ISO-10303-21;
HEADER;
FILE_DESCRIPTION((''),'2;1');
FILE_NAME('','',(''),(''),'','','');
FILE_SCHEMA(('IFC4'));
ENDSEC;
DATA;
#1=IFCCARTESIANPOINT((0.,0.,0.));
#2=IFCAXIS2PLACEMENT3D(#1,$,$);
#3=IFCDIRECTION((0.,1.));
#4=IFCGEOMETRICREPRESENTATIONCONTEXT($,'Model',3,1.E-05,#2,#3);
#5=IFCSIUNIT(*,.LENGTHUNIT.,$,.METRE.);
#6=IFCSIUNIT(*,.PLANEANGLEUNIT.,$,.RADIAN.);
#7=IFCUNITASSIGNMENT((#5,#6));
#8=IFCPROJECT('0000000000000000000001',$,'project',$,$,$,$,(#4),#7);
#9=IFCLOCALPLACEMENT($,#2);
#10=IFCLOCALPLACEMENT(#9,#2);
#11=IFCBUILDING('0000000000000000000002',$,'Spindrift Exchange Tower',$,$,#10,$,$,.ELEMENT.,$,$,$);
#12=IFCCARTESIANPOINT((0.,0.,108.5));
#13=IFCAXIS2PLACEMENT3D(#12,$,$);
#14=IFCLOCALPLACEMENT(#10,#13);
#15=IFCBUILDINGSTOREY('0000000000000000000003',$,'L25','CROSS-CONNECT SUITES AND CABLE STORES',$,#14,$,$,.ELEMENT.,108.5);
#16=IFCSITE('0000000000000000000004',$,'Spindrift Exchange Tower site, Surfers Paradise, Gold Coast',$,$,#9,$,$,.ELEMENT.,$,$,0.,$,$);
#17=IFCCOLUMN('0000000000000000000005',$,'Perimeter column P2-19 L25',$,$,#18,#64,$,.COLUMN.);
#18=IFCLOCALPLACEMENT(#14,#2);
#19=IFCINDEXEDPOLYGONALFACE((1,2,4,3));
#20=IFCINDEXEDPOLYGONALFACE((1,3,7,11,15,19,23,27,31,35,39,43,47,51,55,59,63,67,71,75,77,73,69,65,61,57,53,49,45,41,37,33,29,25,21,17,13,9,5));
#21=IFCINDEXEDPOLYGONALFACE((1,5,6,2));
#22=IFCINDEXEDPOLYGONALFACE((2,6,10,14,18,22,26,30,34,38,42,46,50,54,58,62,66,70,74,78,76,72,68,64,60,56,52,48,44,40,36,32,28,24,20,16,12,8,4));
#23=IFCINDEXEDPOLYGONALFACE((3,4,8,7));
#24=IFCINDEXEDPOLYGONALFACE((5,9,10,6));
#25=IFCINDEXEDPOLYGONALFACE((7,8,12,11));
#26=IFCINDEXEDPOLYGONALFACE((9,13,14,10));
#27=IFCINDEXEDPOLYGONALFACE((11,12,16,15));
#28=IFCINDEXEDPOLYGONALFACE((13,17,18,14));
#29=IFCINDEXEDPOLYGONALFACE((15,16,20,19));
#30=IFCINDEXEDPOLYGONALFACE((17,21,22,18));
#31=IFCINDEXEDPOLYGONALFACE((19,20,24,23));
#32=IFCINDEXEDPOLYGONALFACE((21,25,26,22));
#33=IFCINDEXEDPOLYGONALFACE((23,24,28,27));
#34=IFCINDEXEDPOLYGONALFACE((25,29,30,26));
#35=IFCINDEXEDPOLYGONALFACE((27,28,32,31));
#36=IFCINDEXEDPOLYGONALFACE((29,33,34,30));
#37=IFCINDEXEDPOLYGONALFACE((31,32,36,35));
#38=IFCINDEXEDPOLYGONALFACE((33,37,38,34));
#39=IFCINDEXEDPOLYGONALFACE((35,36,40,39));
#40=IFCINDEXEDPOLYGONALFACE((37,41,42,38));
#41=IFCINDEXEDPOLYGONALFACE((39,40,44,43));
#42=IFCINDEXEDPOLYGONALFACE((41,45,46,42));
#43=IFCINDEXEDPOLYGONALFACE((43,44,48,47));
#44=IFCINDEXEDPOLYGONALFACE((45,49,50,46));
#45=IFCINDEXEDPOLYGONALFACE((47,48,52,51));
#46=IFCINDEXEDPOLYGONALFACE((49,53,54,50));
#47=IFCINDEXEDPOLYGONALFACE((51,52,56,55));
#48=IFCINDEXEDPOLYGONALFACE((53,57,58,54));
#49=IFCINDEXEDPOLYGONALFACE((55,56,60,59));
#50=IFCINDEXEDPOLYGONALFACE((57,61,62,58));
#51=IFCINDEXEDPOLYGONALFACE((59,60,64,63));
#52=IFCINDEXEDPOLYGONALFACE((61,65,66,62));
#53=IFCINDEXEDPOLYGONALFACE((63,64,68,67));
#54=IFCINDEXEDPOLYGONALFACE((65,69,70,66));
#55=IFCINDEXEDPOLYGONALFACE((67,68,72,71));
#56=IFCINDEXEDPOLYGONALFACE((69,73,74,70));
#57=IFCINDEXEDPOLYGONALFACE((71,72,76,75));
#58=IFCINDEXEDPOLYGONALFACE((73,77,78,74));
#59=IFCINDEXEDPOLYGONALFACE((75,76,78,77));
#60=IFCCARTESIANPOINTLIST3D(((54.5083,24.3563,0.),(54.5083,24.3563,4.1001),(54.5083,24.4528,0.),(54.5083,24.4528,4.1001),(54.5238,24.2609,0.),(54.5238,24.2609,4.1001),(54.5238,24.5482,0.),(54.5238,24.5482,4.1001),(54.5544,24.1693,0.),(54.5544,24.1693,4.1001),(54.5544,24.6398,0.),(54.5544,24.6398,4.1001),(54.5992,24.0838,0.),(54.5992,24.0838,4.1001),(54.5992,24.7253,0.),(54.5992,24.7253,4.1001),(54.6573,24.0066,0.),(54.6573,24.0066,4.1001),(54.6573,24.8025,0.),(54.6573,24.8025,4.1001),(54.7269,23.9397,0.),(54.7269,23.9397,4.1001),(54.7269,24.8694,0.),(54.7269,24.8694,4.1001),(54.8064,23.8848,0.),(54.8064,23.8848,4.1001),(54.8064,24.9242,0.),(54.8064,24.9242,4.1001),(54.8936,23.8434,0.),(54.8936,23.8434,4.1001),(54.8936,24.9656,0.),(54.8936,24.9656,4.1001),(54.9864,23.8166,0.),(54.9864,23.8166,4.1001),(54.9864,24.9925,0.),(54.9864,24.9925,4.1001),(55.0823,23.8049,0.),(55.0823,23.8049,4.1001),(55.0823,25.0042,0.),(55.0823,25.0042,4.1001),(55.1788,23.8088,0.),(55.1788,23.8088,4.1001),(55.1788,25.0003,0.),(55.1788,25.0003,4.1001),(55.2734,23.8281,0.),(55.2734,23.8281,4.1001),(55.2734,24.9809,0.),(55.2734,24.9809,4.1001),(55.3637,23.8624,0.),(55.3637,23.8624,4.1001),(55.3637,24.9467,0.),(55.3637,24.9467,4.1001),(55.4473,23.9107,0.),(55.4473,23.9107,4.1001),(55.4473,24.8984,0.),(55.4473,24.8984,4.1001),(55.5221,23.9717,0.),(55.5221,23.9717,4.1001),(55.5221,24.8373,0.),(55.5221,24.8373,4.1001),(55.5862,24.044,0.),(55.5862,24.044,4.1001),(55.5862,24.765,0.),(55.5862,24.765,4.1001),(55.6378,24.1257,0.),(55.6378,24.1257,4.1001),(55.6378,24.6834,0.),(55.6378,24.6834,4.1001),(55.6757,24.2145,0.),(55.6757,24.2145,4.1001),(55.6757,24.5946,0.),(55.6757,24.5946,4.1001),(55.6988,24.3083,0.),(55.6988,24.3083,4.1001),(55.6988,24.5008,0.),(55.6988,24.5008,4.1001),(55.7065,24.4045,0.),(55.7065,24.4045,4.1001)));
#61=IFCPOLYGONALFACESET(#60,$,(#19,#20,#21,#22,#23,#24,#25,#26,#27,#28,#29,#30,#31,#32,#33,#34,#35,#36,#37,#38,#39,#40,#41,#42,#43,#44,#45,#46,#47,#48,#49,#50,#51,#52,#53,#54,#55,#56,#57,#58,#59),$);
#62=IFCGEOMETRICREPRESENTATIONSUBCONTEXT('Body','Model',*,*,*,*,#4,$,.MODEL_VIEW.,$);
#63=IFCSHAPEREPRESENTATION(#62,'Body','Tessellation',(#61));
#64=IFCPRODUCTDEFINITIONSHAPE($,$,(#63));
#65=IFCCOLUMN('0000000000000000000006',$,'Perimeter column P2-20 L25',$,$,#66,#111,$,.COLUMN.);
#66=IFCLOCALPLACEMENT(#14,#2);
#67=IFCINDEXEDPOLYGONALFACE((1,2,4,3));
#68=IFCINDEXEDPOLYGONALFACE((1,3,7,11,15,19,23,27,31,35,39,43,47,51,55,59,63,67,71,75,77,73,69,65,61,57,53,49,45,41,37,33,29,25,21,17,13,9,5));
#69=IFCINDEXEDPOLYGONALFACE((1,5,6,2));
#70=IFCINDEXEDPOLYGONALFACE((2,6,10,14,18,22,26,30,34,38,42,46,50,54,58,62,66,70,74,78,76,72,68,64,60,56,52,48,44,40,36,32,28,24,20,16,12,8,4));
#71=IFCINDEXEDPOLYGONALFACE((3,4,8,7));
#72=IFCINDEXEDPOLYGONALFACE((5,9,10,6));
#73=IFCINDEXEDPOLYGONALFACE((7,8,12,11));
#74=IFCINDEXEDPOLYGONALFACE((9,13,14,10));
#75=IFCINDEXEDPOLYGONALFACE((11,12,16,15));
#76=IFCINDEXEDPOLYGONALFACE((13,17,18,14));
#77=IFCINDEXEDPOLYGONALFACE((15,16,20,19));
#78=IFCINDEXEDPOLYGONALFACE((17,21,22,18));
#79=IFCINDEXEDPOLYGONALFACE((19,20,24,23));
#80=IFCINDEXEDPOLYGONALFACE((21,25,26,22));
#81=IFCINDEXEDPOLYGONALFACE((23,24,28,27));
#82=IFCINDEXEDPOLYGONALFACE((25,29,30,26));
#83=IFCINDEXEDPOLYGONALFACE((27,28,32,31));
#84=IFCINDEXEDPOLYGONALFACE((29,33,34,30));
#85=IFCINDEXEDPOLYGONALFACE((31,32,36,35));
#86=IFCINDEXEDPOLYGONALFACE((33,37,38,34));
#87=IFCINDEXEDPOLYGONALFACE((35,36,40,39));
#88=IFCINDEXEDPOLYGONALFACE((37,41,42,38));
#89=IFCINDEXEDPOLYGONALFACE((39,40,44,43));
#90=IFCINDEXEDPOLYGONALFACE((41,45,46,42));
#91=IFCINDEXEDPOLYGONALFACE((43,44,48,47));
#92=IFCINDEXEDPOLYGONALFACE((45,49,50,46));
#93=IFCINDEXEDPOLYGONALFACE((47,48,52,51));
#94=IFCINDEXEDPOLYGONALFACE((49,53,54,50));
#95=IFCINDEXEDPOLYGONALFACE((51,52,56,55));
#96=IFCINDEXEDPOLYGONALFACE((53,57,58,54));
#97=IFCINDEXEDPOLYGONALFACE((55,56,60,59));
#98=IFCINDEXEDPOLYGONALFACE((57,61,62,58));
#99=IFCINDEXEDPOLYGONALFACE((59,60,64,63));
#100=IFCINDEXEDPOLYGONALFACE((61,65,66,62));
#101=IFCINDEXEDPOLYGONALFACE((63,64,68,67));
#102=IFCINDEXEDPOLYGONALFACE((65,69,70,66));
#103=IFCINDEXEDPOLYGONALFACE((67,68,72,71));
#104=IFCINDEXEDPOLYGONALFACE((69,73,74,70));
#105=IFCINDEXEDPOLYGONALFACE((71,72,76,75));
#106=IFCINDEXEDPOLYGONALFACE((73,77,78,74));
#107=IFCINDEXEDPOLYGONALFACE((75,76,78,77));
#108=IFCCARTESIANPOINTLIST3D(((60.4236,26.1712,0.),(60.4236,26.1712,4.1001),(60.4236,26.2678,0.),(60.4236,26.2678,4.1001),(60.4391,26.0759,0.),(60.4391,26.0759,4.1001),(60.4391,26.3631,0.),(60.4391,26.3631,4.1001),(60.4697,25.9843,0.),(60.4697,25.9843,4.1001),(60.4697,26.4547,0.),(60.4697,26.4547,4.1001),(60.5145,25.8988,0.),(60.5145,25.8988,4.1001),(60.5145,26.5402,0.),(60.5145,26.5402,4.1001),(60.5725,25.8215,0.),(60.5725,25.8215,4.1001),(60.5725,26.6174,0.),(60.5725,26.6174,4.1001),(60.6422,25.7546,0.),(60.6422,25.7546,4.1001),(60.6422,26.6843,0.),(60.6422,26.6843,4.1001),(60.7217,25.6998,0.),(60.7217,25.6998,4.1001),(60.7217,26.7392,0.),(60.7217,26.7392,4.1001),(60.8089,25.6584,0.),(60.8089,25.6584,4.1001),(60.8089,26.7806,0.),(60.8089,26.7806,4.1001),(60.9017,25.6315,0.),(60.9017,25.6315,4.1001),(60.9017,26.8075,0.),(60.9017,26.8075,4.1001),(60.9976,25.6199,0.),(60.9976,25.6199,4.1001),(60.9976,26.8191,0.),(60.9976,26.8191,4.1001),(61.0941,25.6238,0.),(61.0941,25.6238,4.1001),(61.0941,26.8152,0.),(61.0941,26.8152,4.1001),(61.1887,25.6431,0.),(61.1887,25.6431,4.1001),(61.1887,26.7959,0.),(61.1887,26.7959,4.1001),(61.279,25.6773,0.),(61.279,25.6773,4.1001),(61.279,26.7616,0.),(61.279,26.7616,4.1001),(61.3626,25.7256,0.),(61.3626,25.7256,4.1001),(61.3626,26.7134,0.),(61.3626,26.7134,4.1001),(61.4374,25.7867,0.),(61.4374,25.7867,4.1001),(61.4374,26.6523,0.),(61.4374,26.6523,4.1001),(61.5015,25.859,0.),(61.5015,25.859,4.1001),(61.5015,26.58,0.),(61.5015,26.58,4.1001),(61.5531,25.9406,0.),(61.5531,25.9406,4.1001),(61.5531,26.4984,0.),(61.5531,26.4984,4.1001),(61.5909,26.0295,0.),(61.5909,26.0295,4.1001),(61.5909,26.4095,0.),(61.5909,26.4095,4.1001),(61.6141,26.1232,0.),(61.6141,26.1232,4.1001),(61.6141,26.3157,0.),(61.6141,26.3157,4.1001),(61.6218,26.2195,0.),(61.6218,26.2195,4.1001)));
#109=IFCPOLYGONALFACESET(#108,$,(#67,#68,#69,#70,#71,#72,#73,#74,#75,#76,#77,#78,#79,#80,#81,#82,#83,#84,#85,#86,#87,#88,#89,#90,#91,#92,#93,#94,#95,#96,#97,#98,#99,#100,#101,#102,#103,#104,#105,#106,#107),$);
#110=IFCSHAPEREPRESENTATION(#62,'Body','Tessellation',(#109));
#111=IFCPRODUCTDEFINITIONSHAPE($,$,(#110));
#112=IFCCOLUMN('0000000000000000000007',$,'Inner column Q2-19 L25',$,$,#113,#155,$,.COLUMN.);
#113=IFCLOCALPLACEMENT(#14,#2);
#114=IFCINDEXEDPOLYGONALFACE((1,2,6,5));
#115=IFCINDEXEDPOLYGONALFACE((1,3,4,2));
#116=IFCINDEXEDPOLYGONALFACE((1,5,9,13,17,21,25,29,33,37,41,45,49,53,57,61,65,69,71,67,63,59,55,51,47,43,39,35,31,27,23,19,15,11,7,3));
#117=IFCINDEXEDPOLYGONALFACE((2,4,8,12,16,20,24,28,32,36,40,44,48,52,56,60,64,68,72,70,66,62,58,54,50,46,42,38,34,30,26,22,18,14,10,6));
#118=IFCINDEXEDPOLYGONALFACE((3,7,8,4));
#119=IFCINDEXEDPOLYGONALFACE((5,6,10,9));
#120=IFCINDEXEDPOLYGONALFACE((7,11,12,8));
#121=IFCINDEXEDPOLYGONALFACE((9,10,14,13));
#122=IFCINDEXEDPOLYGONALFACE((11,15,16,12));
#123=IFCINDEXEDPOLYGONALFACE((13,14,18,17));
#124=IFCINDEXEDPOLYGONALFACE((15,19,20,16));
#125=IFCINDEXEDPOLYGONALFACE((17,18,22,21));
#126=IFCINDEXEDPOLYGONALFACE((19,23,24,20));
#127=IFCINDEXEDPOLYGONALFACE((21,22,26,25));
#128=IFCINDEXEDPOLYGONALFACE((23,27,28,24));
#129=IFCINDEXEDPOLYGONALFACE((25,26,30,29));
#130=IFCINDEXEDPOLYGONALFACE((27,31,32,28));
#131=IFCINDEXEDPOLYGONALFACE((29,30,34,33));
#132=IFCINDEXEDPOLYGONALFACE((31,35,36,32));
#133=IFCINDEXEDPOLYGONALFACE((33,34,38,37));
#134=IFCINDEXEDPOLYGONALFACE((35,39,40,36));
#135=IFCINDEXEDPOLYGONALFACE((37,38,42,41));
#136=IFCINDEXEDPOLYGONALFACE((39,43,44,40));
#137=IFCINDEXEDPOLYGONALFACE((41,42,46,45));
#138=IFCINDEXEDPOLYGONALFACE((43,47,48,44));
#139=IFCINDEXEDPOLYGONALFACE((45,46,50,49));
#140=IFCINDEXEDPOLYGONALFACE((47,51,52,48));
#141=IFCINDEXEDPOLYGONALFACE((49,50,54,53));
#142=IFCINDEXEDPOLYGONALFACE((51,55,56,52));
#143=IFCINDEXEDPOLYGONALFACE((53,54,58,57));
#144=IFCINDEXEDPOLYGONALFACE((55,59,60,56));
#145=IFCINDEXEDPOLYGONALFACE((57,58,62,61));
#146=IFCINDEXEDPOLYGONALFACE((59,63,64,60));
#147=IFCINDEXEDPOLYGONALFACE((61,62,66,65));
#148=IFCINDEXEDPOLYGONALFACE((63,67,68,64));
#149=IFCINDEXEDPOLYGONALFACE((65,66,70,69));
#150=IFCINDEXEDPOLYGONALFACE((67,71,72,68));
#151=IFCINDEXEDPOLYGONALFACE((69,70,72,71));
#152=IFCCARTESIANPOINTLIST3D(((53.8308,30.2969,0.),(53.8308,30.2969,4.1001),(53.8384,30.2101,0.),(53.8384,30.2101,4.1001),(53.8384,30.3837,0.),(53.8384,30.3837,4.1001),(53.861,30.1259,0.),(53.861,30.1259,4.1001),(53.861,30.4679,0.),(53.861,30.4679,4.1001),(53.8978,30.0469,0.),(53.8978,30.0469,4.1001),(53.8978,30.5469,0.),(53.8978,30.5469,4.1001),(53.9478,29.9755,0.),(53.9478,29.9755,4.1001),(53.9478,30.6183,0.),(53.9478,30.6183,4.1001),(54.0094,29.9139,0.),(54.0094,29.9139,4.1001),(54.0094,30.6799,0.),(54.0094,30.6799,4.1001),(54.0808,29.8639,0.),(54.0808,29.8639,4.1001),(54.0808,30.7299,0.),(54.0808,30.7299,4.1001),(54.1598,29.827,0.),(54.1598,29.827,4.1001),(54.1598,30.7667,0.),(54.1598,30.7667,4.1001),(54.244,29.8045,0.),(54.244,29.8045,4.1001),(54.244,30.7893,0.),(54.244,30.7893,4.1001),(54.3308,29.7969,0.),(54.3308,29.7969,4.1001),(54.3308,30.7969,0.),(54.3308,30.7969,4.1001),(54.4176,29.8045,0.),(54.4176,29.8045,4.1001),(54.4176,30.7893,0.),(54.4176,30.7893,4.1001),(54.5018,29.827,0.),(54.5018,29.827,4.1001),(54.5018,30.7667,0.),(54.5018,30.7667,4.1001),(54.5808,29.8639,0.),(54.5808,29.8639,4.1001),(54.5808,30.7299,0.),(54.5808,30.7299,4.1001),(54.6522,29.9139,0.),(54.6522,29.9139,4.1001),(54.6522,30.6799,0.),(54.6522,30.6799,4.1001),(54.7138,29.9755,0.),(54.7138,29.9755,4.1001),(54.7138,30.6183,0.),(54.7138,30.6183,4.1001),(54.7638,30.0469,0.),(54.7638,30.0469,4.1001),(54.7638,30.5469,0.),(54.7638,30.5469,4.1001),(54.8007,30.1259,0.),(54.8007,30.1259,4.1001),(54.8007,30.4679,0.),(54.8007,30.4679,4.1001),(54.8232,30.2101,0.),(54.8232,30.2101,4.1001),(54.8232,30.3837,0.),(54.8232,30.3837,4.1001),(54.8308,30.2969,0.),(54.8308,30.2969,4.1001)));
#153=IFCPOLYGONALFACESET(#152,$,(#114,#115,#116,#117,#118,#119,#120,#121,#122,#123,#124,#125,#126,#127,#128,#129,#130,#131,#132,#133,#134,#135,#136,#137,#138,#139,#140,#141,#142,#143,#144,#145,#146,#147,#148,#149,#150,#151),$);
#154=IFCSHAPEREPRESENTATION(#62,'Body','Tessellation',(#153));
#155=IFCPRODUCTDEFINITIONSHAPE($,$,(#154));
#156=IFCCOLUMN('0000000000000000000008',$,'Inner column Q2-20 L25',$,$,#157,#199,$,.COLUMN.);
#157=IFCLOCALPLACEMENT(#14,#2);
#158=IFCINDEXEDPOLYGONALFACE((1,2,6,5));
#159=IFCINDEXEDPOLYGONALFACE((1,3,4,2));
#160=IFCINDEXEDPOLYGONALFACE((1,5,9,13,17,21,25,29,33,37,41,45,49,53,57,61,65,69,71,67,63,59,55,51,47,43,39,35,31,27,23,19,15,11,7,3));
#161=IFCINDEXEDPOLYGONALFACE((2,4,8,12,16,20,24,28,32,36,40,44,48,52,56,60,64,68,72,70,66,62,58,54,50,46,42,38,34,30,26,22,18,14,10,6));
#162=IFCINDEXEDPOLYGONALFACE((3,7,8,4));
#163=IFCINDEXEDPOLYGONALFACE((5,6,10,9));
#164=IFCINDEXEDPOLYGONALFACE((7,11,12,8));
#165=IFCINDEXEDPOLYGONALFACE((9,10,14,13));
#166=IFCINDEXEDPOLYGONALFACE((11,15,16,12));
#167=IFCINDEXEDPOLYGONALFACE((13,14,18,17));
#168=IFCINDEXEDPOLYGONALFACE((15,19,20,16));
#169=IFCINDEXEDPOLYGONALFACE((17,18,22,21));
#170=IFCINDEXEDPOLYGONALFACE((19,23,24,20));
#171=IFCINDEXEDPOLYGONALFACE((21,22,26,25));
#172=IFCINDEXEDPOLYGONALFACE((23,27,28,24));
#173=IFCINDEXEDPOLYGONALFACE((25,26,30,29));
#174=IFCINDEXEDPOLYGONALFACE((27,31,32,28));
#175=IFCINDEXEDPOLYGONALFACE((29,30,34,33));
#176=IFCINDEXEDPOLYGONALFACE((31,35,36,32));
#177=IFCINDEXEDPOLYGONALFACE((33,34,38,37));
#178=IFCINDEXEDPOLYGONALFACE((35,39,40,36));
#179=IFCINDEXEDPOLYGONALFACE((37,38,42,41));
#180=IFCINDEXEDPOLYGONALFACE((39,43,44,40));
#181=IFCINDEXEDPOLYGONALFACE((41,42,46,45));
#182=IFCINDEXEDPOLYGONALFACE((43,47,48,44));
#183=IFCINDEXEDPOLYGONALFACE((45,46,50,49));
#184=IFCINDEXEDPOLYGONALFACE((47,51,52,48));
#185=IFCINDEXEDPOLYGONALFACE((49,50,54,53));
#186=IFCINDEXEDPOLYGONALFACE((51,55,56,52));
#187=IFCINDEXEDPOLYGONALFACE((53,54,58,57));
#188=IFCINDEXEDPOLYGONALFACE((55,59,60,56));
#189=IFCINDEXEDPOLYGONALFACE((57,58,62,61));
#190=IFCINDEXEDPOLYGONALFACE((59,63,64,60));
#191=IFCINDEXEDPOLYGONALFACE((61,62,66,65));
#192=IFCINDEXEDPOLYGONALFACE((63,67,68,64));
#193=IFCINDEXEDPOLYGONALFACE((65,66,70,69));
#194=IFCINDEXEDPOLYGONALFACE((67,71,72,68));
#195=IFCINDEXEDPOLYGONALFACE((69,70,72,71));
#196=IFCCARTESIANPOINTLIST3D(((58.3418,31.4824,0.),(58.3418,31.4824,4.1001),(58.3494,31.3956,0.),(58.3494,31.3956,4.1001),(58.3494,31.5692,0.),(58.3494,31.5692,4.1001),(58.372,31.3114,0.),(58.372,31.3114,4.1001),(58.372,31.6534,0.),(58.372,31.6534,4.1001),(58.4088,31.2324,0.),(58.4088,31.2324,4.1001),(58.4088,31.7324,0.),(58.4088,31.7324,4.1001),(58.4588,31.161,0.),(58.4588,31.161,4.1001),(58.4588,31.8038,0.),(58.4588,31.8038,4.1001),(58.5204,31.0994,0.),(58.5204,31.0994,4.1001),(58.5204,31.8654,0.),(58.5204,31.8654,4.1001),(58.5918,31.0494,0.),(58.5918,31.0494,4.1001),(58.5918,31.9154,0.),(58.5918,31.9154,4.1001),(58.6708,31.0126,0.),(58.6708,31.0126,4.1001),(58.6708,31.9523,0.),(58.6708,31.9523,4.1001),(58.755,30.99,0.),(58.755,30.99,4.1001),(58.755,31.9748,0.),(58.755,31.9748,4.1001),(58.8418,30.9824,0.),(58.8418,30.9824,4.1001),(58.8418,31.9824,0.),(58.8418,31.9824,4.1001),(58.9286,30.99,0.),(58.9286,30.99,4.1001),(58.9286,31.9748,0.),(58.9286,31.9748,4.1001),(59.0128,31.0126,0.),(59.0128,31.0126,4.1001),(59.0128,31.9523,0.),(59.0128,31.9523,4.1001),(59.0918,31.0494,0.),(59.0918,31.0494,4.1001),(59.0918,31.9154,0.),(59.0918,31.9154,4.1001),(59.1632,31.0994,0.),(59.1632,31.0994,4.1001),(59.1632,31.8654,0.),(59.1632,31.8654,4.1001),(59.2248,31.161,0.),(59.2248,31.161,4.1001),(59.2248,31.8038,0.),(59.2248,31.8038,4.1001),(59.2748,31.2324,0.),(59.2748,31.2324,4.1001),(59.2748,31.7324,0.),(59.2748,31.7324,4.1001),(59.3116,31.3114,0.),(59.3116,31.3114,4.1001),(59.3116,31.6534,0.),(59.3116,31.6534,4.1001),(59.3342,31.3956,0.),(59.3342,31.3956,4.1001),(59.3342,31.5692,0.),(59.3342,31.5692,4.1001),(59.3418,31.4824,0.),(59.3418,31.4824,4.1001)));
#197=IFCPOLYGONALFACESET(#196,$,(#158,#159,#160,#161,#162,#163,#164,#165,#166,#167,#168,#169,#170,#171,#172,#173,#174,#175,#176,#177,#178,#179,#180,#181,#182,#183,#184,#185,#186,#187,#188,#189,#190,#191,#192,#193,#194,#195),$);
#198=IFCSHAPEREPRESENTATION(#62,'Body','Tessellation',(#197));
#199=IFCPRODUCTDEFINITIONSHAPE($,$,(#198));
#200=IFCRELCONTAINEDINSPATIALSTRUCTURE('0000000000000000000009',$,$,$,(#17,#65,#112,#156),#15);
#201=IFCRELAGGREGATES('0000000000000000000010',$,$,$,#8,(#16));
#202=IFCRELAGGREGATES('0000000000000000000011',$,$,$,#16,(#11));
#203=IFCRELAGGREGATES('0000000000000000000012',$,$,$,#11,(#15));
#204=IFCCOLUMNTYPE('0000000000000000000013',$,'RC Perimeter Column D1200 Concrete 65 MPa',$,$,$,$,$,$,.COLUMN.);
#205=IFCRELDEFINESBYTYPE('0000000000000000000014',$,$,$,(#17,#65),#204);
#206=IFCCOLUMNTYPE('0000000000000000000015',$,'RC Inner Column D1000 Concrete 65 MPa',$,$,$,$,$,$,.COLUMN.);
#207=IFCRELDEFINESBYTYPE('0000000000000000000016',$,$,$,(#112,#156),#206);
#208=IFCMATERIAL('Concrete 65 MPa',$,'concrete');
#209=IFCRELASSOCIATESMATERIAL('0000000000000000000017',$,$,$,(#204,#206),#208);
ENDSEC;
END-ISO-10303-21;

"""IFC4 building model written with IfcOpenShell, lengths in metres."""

from ifc_helpers import new_model, si_unit, direction, frame, origin, origin_2d, place, context, subcontext, project, spatial, circle, extrude, source, transform, mapped, material, material_profile, profile_set, type_object, element, save


model = new_model("IFC4")

# Units and contexts
model_context = context("Model", 3, precision=1e-05, world=origin(), true_north=direction((0.0, 1.0)))
body_context = subcontext(model_context, "Body", "Model", "MODEL_VIEW")
ifc_project = project(units=[si_unit("LENGTHUNIT", "METRE"), si_unit("PLANEANGLEUNIT", "RADIAN")], contexts=[model_context])

# Site, building, storey
site_placement = place(None, origin())
site = spatial("IfcSite", under=ifc_project, at=site_placement, Name="Spindrift Exchange Tower site, Surfers Paradise, Gold Coast", CompositionType="ELEMENT", RefElevation=0.0)
building_placement = place(site_placement, origin())
building = spatial("IfcBuilding", under=site, at=building_placement, Name="Spindrift Exchange Tower", CompositionType="ELEMENT")
storey_placement = place(building_placement, frame((0.0, 0.0, 108.5)))
storey = spatial("IfcBuildingStorey", under=building, at=storey_placement, Name="L25", Description="CROSS-CONNECT SUITES AND CABLE STORES", CompositionType="ELEMENT", Elevation=108.5)

# Columns
ifc_material_1 = material(Name="Concrete 65 MPa", Category="concrete")
ifc_material_profile_1 = material_profile(ifc_material_1, circle(Radius=0.6001, at=origin_2d()), Name="RC D1200")
ifc_profile_set_1 = profile_set([ifc_material_profile_1], Name="Concrete 65 MPa")
column_type_1 = type_object("IfcColumnType", Name="RC Perimeter Column D1200 Concrete 65 MPa", PredefinedType="COLUMN", material=ifc_profile_set_1)
shared_shape_1 = source(origin(), body_context, "Body", "SweptSolid", [
    extrude(circle(Radius=0.6001, at=origin_2d()), origin(), (0.0, 0.0, 1.0), 4.1001),
])
for number, where, z_axis, x_axis, name in (
    (1, (55.1064, 24.4045, 0.0), (0.0, 0.0, 1.0), (1.0, 0.0, 0.0), "Perimeter column P2-19 L25"),
    (2, (61.0217, 26.2195, 0.0), (0.0, 0.0, 1.0), (1.0, 0.0, 0.0), "Perimeter column P2-20 L25"),
):
    element("IfcColumn", number, at=place(storey_placement, frame(where, z_axis=z_axis, x_axis=x_axis)), inside=storey, type_object=column_type_1, Name=name, PredefinedType="COLUMN", context=body_context, shape_type="MappedRepresentation", body=[
        mapped(shared_shape_1, transform((0.0, 0.0, 0.0), scale=1.0)),
    ])
ifc_material_profile_2 = material_profile(ifc_material_1, circle(Radius=0.5, at=origin_2d()), Name="RC D1000")
ifc_profile_set_2 = profile_set([ifc_material_profile_2], Name="Concrete 65 MPa")
column_type_2 = type_object("IfcColumnType", Name="RC Inner Column D1000 Concrete 65 MPa", PredefinedType="COLUMN", material=ifc_profile_set_2)
shared_shape_2 = source(origin(), body_context, "Body", "SweptSolid", [
    extrude(circle(Radius=0.5, at=origin_2d()), origin(), (0.0, 0.0, 1.0), 4.1001),
])
for number, where, z_axis, x_axis, name in (
    (3, (54.3308, 30.2969, 0.0), (0.0, 0.0, 1.0), (1.0, 0.0, 0.0), "Inner column Q2-19 L25"),
    (4, (58.8418, 31.4824, 0.0), (0.0, 0.0, 1.0), (1.0, 0.0, 0.0), "Inner column Q2-20 L25"),
):
    element("IfcColumn", number, at=place(storey_placement, frame(where, z_axis=z_axis, x_axis=x_axis)), inside=storey, type_object=column_type_2, Name=name, PredefinedType="COLUMN", context=body_context, shape_type="MappedRepresentation", body=[
        mapped(shared_shape_2, transform((0.0, 0.0, 0.0), scale=1.0)),
    ])

save(model, "model.ifc")
